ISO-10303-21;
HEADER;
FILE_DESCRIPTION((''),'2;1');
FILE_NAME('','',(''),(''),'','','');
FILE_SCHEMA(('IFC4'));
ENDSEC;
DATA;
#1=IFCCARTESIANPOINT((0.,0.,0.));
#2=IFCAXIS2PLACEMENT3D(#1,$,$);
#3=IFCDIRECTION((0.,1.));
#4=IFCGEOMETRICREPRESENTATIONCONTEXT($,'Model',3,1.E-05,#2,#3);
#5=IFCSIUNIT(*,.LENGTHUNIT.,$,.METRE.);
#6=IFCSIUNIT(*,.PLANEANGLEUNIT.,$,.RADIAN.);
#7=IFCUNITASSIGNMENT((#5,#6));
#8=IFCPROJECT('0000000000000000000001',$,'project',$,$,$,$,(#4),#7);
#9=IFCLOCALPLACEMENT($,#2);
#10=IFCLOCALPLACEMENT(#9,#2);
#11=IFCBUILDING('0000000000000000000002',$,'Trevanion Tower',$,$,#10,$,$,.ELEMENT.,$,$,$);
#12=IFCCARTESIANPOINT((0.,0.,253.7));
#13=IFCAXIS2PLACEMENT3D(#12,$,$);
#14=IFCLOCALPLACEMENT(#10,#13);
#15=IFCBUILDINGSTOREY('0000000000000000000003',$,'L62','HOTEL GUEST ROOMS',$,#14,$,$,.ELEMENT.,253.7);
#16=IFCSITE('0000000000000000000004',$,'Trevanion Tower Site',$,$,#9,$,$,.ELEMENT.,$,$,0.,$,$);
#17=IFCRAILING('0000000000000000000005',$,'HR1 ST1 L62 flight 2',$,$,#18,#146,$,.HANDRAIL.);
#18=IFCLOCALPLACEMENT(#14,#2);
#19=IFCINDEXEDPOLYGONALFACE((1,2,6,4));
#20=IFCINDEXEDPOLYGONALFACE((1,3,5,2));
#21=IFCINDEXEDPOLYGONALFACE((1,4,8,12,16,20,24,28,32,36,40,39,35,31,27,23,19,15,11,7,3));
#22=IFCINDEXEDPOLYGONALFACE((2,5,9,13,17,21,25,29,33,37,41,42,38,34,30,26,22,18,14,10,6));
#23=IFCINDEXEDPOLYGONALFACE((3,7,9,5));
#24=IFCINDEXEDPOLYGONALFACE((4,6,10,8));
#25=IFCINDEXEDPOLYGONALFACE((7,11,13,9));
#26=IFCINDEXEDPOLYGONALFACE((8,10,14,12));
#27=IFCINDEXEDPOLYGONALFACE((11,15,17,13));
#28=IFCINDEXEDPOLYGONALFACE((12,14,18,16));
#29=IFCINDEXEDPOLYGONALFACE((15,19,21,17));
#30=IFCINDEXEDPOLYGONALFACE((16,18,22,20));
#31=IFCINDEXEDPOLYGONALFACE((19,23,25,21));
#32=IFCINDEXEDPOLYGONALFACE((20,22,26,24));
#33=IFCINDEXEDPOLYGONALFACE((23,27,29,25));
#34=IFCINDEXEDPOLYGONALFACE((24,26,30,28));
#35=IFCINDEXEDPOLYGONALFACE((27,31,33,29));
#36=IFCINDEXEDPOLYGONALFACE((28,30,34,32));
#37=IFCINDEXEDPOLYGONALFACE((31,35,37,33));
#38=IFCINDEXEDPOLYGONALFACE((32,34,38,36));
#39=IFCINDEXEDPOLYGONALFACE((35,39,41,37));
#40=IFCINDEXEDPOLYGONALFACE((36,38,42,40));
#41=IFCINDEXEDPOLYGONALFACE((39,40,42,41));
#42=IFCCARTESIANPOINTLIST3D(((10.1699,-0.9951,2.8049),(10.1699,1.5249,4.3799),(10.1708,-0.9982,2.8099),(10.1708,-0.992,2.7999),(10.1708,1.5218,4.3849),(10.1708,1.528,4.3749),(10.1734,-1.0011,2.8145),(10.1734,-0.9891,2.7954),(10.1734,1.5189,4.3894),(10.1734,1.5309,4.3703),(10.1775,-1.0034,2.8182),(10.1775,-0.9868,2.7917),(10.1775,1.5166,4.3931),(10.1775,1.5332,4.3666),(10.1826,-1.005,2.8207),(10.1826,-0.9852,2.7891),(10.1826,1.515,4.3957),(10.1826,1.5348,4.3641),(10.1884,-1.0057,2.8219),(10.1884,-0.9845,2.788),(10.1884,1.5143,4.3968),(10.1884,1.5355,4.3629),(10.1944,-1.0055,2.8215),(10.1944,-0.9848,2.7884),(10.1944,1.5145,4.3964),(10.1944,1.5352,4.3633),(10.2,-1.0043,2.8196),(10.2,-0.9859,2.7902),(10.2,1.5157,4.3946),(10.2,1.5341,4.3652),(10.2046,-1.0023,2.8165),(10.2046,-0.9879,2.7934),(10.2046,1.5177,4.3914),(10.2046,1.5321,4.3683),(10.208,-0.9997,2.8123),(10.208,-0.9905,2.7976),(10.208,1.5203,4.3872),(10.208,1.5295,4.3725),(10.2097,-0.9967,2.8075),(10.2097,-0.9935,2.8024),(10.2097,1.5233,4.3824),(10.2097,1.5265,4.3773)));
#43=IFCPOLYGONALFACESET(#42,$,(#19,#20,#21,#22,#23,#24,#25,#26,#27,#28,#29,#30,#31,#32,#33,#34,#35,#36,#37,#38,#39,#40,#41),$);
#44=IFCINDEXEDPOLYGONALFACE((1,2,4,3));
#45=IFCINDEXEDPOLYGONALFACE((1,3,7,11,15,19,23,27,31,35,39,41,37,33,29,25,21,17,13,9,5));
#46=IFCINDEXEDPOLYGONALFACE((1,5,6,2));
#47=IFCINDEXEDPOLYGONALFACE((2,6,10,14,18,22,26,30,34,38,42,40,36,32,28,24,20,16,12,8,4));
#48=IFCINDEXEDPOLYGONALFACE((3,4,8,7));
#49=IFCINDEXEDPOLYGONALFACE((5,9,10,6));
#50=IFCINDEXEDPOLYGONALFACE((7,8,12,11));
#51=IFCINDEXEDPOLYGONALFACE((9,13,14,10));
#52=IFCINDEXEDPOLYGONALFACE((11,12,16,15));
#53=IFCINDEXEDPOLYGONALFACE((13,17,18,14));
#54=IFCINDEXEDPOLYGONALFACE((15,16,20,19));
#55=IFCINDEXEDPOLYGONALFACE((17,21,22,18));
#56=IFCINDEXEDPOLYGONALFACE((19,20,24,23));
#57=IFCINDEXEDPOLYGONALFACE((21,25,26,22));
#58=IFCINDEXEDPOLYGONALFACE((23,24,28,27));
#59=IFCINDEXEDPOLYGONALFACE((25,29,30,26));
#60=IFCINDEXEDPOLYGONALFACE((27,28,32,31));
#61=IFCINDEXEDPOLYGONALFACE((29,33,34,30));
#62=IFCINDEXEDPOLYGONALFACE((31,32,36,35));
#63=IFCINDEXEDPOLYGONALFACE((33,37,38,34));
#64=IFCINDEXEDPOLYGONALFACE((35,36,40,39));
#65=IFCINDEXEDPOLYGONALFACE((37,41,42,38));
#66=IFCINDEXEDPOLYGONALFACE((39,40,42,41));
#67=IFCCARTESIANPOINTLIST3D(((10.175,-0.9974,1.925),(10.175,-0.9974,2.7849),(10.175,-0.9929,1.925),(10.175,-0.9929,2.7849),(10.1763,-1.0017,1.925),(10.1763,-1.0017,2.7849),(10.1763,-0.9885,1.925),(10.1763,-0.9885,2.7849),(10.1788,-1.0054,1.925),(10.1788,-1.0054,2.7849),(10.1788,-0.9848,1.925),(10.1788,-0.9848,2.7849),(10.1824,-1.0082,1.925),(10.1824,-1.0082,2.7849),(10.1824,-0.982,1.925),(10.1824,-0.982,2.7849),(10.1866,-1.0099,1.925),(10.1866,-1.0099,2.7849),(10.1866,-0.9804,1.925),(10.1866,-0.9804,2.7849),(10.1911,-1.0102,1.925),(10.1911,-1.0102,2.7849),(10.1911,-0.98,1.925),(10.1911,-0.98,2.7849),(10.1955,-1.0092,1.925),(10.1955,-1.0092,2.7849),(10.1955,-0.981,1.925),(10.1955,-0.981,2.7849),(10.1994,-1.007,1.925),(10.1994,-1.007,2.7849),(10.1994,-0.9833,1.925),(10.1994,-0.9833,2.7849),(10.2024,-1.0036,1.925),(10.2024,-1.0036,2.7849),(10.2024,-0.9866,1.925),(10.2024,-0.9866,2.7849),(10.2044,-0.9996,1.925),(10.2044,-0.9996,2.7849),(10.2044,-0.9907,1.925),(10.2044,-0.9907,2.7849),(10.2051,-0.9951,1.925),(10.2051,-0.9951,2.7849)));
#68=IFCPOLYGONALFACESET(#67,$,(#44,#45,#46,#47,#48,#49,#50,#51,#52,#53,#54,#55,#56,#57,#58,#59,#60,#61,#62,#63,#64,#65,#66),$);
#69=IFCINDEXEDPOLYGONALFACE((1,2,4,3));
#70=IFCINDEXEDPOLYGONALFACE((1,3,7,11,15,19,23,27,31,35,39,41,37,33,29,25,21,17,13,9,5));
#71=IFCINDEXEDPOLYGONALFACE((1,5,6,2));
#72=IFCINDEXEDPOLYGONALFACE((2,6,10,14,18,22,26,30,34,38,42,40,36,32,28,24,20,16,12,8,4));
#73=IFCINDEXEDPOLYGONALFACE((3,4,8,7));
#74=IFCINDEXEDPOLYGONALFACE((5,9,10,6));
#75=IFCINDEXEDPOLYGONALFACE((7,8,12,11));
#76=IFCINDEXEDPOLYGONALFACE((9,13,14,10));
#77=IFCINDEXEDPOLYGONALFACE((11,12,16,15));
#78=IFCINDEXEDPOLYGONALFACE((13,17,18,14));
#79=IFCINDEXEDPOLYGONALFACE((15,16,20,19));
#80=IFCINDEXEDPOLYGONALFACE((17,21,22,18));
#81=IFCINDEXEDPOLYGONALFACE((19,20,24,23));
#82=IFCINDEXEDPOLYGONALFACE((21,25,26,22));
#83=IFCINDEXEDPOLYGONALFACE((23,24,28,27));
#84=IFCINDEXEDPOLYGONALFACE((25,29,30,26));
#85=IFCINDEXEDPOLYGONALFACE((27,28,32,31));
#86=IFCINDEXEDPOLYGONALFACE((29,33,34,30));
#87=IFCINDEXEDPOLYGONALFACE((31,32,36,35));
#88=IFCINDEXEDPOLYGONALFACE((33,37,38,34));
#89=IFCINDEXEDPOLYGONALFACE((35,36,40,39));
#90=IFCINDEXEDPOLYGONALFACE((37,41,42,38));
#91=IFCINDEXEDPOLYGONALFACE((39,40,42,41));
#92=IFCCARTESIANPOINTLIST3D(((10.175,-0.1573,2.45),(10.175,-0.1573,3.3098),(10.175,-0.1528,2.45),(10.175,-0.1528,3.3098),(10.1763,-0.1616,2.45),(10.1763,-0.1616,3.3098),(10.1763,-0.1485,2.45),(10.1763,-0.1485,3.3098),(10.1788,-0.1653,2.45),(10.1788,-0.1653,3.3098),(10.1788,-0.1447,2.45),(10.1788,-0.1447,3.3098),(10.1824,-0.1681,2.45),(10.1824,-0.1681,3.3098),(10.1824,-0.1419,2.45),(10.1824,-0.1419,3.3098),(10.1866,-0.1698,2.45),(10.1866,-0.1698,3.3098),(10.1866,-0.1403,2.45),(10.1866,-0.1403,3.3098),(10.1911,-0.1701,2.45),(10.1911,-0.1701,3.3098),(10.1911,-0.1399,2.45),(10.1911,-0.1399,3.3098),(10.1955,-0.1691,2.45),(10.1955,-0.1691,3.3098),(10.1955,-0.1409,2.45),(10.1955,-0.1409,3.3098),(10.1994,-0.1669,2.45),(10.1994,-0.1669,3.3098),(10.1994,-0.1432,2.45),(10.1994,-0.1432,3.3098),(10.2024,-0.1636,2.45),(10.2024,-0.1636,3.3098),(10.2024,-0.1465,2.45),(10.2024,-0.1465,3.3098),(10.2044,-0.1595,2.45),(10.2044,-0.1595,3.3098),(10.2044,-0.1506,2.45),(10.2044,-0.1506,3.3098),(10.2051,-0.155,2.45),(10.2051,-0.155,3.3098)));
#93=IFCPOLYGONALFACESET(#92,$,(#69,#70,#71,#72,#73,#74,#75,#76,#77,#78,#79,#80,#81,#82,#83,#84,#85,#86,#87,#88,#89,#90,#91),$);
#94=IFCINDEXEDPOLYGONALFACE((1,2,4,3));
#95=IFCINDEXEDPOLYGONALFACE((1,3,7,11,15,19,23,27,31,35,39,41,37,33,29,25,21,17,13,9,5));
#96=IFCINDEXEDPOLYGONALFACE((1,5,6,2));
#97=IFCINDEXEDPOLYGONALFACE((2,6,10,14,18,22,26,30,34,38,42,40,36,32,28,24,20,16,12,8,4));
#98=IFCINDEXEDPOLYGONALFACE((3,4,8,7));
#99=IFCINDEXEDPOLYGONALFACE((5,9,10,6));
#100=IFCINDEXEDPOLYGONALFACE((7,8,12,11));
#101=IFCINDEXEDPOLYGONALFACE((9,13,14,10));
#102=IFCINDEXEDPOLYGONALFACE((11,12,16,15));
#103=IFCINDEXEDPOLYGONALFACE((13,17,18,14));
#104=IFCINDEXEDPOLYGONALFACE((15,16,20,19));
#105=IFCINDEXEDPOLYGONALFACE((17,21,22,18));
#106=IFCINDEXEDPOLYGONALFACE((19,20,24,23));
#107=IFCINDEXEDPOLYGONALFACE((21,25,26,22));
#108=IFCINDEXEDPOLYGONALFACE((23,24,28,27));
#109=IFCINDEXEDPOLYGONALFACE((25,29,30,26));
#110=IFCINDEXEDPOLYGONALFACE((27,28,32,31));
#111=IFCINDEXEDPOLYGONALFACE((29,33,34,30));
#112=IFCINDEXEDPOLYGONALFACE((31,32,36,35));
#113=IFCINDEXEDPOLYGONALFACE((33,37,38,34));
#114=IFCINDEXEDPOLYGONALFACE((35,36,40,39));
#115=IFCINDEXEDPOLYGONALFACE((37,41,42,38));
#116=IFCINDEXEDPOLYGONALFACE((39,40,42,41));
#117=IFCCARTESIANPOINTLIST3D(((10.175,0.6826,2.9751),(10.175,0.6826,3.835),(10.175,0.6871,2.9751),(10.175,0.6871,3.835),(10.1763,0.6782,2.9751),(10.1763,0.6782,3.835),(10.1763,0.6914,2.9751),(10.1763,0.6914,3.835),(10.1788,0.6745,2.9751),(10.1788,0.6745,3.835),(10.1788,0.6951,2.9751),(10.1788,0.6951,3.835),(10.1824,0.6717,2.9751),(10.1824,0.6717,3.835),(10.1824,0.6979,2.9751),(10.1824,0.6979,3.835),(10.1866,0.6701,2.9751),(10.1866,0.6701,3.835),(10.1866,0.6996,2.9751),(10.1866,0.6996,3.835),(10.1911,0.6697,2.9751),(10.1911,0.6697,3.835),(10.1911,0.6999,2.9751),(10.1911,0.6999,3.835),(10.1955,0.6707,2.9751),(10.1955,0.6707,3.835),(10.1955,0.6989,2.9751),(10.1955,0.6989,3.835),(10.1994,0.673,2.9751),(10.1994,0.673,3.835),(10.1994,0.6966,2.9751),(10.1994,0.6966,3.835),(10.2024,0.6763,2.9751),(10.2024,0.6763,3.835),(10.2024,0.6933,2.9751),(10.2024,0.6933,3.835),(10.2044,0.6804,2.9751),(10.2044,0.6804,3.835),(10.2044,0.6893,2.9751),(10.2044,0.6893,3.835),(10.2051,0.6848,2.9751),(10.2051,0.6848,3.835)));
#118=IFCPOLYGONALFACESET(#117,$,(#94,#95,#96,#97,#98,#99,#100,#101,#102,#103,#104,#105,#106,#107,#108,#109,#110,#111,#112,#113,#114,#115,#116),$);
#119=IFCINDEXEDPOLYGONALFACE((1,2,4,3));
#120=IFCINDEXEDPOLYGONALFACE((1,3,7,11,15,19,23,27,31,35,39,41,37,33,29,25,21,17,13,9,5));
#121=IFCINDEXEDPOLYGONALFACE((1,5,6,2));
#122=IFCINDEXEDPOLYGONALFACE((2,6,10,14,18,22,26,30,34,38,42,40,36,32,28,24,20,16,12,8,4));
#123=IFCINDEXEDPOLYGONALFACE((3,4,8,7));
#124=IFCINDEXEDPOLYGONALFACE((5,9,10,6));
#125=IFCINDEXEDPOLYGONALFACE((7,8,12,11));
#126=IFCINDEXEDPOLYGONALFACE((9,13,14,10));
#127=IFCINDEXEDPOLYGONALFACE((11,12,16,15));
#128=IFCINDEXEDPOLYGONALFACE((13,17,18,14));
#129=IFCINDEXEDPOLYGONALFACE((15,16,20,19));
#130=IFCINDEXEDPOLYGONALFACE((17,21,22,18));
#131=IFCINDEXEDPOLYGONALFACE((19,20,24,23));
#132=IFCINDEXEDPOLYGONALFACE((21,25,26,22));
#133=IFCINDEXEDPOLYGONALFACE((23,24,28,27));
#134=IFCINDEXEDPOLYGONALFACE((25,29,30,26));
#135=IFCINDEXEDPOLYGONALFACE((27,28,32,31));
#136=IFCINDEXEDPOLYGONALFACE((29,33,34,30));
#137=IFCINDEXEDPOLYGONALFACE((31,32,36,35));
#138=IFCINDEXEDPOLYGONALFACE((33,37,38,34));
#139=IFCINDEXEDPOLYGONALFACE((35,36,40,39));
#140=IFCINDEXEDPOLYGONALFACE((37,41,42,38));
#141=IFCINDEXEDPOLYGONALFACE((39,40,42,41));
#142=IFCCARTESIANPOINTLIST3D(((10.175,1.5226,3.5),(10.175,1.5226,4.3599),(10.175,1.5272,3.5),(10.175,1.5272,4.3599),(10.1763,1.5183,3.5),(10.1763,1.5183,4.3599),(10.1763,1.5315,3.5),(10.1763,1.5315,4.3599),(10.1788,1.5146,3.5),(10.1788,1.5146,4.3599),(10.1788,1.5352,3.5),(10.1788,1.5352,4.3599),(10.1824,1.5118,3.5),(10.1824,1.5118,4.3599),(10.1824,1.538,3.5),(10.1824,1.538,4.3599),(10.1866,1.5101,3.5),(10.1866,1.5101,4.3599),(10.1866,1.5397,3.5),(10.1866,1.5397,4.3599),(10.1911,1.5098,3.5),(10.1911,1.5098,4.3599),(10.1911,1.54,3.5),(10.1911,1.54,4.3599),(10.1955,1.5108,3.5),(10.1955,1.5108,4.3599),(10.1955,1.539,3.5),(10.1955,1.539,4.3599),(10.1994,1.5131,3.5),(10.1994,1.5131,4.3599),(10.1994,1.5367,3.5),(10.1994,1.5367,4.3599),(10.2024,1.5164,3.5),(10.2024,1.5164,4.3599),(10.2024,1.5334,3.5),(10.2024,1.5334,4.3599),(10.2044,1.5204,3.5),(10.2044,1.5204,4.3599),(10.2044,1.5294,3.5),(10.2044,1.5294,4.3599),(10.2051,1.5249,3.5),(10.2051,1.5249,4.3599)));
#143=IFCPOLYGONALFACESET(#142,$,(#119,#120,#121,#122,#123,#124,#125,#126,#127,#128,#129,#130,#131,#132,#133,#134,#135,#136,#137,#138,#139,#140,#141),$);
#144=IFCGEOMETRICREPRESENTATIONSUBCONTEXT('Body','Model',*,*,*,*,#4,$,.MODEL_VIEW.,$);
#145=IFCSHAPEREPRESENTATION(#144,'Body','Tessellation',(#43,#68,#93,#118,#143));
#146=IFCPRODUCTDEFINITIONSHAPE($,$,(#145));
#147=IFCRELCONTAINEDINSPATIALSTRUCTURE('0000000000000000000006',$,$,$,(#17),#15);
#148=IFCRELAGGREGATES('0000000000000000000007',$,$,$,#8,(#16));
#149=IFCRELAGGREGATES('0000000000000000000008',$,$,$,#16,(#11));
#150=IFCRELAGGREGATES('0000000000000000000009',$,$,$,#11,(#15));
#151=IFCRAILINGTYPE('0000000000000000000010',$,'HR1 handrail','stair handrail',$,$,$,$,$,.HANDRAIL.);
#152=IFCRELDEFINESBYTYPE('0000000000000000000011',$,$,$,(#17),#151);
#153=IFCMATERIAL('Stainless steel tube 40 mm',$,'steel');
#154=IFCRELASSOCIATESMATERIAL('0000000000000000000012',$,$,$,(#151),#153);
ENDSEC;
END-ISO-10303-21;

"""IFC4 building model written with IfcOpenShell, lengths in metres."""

from ifc_helpers import new_model, si_unit, direction, frame, origin, origin_2d, place, context, subcontext, project, spatial, circle, extrude, material, type_object, element, save


model = new_model("IFC4")

# Units and contexts
model_context = context("Model", 3, precision=1e-05, world=origin(), true_north=direction((0.0, 1.0)))
body_context = subcontext(model_context, "Body", "Model", "MODEL_VIEW")
ifc_project = project(units=[si_unit("LENGTHUNIT", "METRE"), si_unit("PLANEANGLEUNIT", "RADIAN")], contexts=[model_context])

# Site, building, storey
site_placement = place(None, origin())
site = spatial("IfcSite", under=ifc_project, at=site_placement, Name="Trevanion Tower Site", CompositionType="ELEMENT", RefElevation=0.0)
building_placement = place(site_placement, origin())
building = spatial("IfcBuilding", under=site, at=building_placement, Name="Trevanion Tower", CompositionType="ELEMENT")
storey_placement = place(building_placement, frame((0.0, 0.0, 253.7)))
storey = spatial("IfcBuildingStorey", under=building, at=storey_placement, Name="L62", Description="HOTEL GUEST ROOMS", CompositionType="ELEMENT", Elevation=253.7)

# Railing
ifc_material_1 = material(Name="Stainless steel tube 40 mm", Category="steel")
railing_type = type_object("IfcRailingType", Name="HR1 handrail", Description="stair handrail", PredefinedType="HANDRAIL", material=ifc_material_1)
for number, where, name in (
    (1, (10.1899, -0.9951, 1.925), "HR1 ST1 L62 flight 2"),
):
    element("IfcRailing", number, at=place(storey_placement, frame(where)), inside=storey, type_object=railing_type, Name=name, PredefinedType="HANDRAIL", context=body_context, shape_type="SweptSolid", body=[
        extrude(circle(Radius=0.02, at=origin_2d()), frame((0.0, 0.0, 0.8799), z_axis=(0.0, 0.848008, 0.529984), x_axis=(-1.0, 0.0, 0.0)), (0.0, 0.0, 1.0), 2.9717),
        extrude(circle(Radius=0.0151, at=origin_2d()), origin(), (0.0, 0.0, 1.0), 0.8599),
        extrude(circle(Radius=0.0151, at=origin_2d()), frame((0.0, 0.8401, 0.5249)), (0.0, 0.0, 1.0), 0.8599),
        extrude(circle(Radius=0.0151, at=origin_2d()), frame((0.0, 1.6799, 1.05)), (0.0, 0.0, 1.0), 0.8599),
        extrude(circle(Radius=0.0151, at=origin_2d()), frame((0.0, 2.52, 1.575)), (0.0, 0.0, 1.0), 0.8599),
    ])

save(model, "model.ifc")
